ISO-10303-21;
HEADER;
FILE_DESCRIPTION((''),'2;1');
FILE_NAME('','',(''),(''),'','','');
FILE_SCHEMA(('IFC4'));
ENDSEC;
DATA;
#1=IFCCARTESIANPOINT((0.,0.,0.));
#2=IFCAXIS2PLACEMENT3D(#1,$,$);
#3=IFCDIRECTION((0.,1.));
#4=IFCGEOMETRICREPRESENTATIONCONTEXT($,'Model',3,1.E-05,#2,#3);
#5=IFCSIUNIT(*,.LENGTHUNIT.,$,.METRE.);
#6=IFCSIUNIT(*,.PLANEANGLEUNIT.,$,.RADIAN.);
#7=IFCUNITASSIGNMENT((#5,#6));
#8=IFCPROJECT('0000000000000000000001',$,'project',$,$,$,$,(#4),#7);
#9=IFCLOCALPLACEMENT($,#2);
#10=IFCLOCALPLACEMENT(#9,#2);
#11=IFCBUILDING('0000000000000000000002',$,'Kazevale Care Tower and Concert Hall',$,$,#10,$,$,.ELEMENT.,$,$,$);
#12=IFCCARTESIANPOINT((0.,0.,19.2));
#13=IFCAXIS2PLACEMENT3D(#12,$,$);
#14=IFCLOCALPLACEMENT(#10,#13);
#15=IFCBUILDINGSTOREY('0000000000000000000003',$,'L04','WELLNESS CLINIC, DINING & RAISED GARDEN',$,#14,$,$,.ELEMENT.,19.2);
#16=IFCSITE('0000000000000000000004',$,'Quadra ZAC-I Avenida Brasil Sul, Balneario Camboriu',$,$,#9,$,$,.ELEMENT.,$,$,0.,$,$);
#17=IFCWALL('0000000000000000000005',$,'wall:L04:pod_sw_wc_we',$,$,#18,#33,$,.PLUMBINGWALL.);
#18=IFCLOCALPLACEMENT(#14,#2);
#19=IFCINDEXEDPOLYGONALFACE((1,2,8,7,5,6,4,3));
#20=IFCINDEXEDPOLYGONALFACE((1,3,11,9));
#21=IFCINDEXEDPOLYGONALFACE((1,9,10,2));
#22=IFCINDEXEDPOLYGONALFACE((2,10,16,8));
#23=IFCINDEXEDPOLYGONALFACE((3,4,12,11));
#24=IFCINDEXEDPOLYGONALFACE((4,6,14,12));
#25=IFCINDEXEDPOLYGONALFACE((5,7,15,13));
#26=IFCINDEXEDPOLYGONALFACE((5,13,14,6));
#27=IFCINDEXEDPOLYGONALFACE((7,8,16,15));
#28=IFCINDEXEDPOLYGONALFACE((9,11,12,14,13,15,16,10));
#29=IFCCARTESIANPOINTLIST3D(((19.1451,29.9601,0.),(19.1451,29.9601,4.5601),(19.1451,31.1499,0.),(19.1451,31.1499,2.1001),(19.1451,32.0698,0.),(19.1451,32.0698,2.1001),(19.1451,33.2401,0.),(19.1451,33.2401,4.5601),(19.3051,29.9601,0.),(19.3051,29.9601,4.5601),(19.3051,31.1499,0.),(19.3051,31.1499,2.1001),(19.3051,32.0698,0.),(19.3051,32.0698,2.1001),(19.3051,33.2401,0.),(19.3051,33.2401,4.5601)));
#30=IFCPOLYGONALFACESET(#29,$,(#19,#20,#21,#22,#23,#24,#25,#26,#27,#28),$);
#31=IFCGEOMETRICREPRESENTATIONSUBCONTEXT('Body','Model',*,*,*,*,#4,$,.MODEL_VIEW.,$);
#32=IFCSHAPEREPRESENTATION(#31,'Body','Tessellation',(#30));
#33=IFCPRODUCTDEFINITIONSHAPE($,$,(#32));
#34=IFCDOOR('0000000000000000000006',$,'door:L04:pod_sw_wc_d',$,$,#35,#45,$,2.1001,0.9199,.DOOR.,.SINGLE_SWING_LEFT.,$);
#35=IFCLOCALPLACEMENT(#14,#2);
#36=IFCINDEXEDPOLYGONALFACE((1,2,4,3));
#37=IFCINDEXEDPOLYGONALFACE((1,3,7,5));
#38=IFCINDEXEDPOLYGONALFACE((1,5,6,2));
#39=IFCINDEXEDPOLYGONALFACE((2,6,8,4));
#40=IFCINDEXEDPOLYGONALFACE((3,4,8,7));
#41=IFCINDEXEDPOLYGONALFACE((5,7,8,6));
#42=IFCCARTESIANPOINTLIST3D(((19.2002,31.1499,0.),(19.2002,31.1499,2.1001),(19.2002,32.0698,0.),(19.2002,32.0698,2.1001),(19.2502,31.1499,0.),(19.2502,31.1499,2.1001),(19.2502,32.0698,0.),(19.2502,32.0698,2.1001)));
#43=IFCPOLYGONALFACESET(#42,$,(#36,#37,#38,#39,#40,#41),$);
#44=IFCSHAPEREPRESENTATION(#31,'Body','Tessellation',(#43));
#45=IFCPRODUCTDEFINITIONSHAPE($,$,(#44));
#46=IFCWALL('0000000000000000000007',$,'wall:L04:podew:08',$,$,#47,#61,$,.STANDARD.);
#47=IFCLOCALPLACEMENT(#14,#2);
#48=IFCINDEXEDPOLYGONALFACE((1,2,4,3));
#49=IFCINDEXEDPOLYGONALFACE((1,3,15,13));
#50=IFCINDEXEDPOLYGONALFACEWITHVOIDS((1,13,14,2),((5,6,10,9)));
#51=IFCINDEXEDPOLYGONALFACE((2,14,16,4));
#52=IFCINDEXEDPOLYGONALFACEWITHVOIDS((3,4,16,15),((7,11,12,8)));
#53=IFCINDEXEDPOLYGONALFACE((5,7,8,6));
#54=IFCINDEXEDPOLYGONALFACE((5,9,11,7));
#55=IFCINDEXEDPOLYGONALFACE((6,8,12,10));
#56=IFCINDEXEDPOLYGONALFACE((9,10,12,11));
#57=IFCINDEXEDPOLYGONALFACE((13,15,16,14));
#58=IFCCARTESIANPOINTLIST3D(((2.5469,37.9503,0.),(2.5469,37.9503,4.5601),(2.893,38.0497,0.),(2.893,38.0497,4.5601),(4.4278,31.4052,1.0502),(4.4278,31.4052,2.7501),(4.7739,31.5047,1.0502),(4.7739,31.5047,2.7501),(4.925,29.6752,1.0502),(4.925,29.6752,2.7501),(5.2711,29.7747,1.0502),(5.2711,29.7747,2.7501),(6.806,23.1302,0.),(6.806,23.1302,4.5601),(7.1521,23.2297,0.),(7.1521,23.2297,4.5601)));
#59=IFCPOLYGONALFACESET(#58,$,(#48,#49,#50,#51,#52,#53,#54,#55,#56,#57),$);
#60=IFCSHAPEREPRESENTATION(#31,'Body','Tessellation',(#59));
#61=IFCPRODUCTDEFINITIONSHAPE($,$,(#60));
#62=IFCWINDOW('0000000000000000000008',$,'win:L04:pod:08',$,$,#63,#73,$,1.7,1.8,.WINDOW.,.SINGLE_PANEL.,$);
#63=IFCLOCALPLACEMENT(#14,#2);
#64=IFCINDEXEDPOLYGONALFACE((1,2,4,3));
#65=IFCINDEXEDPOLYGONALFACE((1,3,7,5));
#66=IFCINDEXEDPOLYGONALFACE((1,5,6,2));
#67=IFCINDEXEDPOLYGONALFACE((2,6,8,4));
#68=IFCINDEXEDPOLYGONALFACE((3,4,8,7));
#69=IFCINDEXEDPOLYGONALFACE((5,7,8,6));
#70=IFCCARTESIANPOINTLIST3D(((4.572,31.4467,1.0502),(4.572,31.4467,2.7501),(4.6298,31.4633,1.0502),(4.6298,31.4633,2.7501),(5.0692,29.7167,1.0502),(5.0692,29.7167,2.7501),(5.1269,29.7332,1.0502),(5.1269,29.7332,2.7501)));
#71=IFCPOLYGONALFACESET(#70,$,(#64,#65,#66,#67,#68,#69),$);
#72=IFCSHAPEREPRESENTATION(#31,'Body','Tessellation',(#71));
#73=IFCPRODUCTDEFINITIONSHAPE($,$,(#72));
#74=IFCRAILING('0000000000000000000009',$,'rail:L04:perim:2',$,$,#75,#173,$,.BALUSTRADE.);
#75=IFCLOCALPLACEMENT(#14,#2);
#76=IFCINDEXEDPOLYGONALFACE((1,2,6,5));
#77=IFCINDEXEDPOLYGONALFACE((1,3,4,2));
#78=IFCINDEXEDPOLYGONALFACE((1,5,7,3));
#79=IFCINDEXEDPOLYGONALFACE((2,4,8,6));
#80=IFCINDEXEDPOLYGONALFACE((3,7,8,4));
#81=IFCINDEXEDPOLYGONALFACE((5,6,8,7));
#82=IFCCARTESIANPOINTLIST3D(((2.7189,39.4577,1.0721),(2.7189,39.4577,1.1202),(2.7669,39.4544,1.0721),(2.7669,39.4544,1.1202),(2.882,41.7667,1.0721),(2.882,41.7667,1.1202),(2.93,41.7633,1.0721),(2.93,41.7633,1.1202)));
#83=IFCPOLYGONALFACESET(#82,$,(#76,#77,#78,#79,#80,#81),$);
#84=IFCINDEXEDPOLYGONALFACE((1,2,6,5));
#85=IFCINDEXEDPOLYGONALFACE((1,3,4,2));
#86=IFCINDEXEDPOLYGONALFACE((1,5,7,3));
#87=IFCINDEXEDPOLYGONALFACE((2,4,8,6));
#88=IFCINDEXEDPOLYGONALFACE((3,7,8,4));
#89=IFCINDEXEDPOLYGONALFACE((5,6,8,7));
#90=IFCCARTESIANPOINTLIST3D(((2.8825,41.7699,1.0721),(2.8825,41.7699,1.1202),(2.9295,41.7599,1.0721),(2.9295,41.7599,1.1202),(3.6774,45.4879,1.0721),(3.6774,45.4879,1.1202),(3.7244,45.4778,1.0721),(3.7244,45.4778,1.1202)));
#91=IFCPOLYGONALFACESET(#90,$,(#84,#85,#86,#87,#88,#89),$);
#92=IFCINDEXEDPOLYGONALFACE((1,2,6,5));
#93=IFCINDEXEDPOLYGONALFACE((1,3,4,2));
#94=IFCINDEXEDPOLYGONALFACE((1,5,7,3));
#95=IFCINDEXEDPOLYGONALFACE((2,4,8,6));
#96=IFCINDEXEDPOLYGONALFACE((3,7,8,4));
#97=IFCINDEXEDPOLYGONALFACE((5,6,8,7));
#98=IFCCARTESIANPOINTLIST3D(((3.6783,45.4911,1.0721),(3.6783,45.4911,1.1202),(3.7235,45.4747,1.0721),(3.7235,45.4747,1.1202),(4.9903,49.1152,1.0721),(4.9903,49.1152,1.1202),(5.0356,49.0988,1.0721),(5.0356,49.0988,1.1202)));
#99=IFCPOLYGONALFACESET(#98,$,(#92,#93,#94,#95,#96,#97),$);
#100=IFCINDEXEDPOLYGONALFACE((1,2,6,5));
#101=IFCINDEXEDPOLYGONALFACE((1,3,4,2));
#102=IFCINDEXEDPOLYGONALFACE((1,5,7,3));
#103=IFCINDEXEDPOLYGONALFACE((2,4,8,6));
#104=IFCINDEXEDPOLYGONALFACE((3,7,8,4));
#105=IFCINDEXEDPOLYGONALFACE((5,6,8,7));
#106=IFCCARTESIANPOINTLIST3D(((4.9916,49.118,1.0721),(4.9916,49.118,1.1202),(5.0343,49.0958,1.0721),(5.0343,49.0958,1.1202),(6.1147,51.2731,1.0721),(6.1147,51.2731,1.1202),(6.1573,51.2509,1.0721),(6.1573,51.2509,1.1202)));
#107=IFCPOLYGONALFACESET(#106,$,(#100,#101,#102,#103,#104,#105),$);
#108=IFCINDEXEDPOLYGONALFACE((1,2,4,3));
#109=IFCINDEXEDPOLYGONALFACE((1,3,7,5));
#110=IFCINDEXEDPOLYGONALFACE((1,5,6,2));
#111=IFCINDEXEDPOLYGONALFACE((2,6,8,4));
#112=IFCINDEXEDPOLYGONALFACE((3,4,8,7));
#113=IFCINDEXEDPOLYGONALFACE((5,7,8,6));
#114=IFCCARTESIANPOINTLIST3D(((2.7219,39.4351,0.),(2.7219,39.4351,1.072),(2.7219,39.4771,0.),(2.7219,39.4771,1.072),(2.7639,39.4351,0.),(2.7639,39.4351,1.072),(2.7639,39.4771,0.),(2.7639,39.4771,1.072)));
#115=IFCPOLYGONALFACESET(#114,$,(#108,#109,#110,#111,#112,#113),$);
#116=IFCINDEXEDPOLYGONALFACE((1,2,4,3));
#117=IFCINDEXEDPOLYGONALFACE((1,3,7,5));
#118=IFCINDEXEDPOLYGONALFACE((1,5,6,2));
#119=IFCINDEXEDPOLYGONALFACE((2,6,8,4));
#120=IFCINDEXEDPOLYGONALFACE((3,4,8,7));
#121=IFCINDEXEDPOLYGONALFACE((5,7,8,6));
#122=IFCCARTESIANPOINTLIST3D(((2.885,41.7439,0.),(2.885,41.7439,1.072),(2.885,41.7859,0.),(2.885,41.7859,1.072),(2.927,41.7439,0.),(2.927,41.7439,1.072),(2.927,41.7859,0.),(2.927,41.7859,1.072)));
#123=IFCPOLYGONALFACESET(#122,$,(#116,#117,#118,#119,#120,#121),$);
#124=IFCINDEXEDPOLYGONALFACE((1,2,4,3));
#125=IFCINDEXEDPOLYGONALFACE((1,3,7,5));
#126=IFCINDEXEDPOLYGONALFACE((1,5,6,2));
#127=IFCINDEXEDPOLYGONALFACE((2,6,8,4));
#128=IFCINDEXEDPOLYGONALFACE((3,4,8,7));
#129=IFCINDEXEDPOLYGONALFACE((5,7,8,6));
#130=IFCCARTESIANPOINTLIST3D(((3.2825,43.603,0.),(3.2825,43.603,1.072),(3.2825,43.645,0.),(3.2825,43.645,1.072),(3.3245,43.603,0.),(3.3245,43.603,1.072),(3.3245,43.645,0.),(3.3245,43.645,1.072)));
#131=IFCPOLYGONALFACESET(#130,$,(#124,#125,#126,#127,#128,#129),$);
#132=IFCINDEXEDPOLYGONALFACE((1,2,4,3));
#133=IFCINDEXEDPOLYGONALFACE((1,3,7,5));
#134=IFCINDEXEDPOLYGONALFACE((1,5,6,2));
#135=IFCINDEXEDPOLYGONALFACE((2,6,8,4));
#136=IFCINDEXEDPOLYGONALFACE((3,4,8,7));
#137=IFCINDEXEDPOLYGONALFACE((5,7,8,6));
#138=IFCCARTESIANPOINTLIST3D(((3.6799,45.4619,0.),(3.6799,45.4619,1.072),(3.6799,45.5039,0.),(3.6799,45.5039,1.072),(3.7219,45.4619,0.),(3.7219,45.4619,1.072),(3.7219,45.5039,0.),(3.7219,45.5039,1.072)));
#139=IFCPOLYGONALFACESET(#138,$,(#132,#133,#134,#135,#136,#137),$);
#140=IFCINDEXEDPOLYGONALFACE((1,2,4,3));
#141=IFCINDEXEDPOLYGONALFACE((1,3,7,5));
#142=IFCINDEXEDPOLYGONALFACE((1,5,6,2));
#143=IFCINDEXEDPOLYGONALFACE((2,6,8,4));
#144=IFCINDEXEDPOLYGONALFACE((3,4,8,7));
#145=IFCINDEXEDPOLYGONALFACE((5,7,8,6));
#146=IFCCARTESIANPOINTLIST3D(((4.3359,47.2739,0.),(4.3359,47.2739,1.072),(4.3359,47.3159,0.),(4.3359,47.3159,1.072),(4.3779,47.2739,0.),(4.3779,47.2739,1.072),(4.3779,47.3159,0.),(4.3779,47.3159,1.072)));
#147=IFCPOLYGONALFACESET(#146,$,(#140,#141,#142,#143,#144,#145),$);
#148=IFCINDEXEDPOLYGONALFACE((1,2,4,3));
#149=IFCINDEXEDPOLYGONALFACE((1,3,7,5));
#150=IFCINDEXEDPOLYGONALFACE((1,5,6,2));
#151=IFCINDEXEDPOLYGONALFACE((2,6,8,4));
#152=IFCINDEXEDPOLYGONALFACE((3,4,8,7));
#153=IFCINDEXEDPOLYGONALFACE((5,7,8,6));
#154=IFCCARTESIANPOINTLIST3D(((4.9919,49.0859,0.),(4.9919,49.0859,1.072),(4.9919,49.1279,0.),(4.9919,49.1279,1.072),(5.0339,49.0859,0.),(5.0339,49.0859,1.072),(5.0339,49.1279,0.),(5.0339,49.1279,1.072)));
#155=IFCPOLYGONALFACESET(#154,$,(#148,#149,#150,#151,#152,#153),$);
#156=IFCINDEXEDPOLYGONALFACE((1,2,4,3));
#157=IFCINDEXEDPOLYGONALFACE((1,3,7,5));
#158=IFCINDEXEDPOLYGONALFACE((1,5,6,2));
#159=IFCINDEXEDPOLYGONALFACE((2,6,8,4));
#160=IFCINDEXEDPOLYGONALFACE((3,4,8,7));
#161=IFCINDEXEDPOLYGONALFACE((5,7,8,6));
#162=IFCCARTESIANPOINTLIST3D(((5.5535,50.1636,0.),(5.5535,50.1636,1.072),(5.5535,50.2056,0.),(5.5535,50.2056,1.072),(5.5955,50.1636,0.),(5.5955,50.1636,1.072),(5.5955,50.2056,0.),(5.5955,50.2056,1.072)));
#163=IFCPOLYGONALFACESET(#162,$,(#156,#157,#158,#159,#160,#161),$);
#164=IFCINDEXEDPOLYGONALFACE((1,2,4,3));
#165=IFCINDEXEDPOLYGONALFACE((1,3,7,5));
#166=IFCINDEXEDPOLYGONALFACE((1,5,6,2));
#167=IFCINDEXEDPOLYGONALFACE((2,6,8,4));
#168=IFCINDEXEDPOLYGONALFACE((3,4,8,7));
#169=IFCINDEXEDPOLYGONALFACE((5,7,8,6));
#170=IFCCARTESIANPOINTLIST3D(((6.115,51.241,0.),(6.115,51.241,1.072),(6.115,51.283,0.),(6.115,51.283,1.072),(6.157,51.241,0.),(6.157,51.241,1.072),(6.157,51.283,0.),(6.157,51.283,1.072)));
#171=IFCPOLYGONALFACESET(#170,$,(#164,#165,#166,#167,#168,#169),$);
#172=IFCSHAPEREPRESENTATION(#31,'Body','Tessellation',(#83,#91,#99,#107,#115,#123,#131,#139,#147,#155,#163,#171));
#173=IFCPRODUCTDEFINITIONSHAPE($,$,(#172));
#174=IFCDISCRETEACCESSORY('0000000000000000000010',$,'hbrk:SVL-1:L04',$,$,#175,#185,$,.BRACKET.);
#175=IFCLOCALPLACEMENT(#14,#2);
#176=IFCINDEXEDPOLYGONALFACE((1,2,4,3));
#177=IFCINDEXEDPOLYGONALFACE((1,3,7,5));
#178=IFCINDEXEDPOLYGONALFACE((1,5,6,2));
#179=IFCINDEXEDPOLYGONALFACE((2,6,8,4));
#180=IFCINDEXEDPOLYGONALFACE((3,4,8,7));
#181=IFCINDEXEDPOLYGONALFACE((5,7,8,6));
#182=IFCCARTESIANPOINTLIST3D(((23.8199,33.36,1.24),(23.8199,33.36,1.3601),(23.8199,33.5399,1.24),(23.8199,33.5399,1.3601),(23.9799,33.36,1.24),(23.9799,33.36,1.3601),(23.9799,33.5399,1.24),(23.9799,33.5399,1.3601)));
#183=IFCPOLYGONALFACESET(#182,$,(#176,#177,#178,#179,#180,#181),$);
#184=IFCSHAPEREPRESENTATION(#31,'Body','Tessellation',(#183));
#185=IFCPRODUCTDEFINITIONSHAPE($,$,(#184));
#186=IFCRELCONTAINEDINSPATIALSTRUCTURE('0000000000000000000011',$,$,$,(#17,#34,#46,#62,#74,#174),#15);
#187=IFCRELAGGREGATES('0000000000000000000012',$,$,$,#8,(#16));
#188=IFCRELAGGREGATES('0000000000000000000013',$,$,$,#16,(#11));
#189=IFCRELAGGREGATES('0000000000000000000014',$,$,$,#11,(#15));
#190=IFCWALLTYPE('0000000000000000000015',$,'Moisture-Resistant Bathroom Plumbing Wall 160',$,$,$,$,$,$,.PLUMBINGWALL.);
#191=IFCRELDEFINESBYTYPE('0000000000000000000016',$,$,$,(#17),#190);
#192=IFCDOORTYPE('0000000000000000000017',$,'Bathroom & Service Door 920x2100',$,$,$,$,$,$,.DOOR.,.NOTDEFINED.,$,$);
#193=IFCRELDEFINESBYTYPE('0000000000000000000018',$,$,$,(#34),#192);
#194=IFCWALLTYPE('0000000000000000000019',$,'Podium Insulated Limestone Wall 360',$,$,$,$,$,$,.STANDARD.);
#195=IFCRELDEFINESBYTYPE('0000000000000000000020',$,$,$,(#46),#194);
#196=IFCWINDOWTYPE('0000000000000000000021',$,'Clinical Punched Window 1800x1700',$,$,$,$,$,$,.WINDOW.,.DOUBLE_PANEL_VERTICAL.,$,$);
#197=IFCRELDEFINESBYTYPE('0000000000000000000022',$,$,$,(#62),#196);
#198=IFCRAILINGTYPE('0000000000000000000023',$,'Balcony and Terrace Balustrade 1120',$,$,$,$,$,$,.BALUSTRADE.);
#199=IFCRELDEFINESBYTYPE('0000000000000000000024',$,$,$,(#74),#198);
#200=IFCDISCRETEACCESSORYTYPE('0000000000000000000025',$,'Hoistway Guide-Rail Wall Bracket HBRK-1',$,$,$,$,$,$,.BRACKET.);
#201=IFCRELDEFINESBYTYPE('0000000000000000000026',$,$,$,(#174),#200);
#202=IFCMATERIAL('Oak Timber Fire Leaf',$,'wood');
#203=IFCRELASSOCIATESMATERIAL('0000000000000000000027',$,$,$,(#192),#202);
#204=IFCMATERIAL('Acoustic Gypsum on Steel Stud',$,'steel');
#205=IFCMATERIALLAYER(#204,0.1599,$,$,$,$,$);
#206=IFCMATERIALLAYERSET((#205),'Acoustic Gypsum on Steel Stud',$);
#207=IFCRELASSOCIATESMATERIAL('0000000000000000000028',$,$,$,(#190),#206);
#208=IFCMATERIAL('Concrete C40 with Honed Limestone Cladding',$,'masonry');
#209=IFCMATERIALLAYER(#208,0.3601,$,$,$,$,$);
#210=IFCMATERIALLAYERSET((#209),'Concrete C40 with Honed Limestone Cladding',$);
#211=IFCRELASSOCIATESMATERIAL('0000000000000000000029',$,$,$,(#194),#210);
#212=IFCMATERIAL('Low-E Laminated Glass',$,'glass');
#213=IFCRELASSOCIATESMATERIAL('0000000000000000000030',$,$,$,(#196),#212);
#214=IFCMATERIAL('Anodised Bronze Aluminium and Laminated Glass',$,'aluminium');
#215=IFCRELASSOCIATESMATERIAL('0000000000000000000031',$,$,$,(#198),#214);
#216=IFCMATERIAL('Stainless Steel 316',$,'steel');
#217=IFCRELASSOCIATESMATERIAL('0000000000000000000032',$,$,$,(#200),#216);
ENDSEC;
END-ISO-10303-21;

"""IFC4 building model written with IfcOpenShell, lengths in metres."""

from ifc_helpers import new_model, si_unit, direction, frame, frame_2d, origin, origin_2d, place, context, subcontext, project, spatial, rectangle, extrude, material, layer, layer_set, type_object, element, fill, save


model = new_model("IFC4")

# Units and contexts
model_context = context("Model", 3, precision=1e-05, world=origin(), true_north=direction((0.0, 1.0)))
body_context = subcontext(model_context, "Body", "Model", "MODEL_VIEW")
ifc_project = project(units=[si_unit("LENGTHUNIT", "METRE"), si_unit("PLANEANGLEUNIT", "RADIAN")], contexts=[model_context])

# Site, building, storey
site_placement = place(None, origin())
site = spatial("IfcSite", under=ifc_project, at=site_placement, Name="Quadra ZAC-I Avenida Brasil Sul, Balneario Camboriu", CompositionType="ELEMENT", RefElevation=0.0)
building_placement = place(site_placement, origin())
building = spatial("IfcBuilding", under=site, at=building_placement, Name="Kazevale Care Tower and Concert Hall", CompositionType="ELEMENT")
storey_placement = place(building_placement, frame((0.0, 0.0, 19.2)))
storey = spatial("IfcBuildingStorey", under=building, at=storey_placement, Name="L04", Description="WELLNESS CLINIC, DINING & RAISED GARDEN", CompositionType="ELEMENT", Elevation=19.2)

# Shared definitions
ifc_material_1 = material(Name="Stainless Steel 316", Category="steel")

# Shared definitions
ifc_material_2 = material(Name="Oak Timber Fire Leaf", Category="wood")
door_type_1 = type_object("IfcDoorType", Name="Bathroom & Service Door 920x2100", OperationType="NOTDEFINED", PredefinedType="DOOR", material=ifc_material_2)

# Shared definitions
ifc_material_3 = material(Name="Acoustic Gypsum on Steel Stud", Category="steel")
ifc_layer_1 = layer(ifc_material_3, 0.1599)
ifc_layer_set_1 = layer_set([ifc_layer_1], Name="Acoustic Gypsum on Steel Stud")
wall_type_1 = type_object("IfcWallType", Name="Moisture-Resistant Bathroom Plumbing Wall 160", PredefinedType="PLUMBINGWALL", material=ifc_layer_set_1)

# Wall, opening, door
wall_1_placement = place(storey_placement, frame((19.2251, 29.96, 0.0), z_axis=(0.0, 0.0, 1.0), x_axis=(0.0, 1.0, 0.0)))
wall_1 = element("IfcWall", 1, at=wall_1_placement, inside=storey, type_object=wall_type_1, Name="wall:L04:pod_sw_wc_we", PredefinedType="PLUMBINGWALL", context=body_context, shape_type="SweptSolid", body=[
    extrude(rectangle(XDim=3.28, YDim=0.1599, at=frame_2d((1.6401, 0.0))), origin(), (0.0, 0.0, 1.0), 4.5601),
])
opening_1_placement = place(wall_1_placement, frame((1.1899, 0.0, 0.0)))
opening_1 = element("IfcOpeningElement", 2, at=opening_1_placement, cuts=wall_1, PredefinedType="OPENING", context=body_context, shape_type="SweptSolid", body=[
    extrude(rectangle(XDim=0.9199, YDim=2.1001, at=frame_2d((0.46, 1.05))), frame((0.0, 0.0898, 0.0), z_axis=(0.0, -1.0, 0.0), x_axis=(1.0, 0.0, 0.0)), (0.0, 0.0, 1.0), 0.1799),
])
door_1_placement = place(opening_1_placement, origin())
door_1 = element("IfcDoor", 3, at=door_1_placement, inside=storey, type_object=door_type_1, Name="door:L04:pod_sw_wc_d", OperationType="SINGLE_SWING_LEFT", OverallHeight=2.1001, OverallWidth=0.9199, PredefinedType="DOOR", context=body_context, shape_type="SweptSolid", body=[
    extrude(rectangle(XDim=0.9199, YDim=2.1001, at=frame_2d((0.46, 1.05))), frame((0.0, 0.0249, 0.0), z_axis=(0.0, -1.0, 0.0), x_axis=(1.0, 0.0, 0.0)), (0.0, 0.0, 1.0), 0.05),
])
fill(opening_1, door_1)

# Wall, opening, window
ifc_material_4 = material(Name="Concrete C40 with Honed Limestone Cladding", Category="masonry")
ifc_layer_2 = layer(ifc_material_4, 0.3601)
ifc_layer_set_2 = layer_set([ifc_layer_2], Name="Concrete C40 with Honed Limestone Cladding")
wall_type_2 = type_object("IfcWallType", Name="Podium Insulated Limestone Wall 360", PredefinedType="STANDARD", material=ifc_layer_set_2)
wall_2_placement = place(storey_placement, frame((2.72, 38.0, 0.0), z_axis=(0.0, 0.0, 1.0), x_axis=(0.276203, -0.961099, 0.0)))
wall_2 = element("IfcWall", 4, at=wall_2_placement, inside=storey, type_object=wall_type_2, Name="wall:L04:podew:08", PredefinedType="STANDARD", context=body_context, shape_type="SweptSolid", body=[
    extrude(rectangle(XDim=15.4199, YDim=0.3601, at=frame_2d((7.71, 0.0))), origin(), (0.0, 0.0, 1.0), 4.5601),
])
opening_2_placement = place(wall_2_placement, frame((6.8101, 0.0, 1.05)))
opening_2 = element("IfcOpeningElement", 5, at=opening_2_placement, cuts=wall_2, PredefinedType="OPENING", context=body_context, shape_type="SweptSolid", body=[
    extrude(rectangle(XDim=1.8, YDim=1.7, at=frame_2d((0.8999, 0.8501))), frame((0.0, 0.1899, 0.0), z_axis=(0.0, -1.0, 0.0), x_axis=(1.0, 0.0, 0.0)), (0.0, 0.0, 1.0), 0.3801),
])
ifc_material_5 = material(Name="Low-E Laminated Glass", Category="glass")
window_type = type_object("IfcWindowType", Name="Clinical Punched Window 1800x1700", PartitioningType="DOUBLE_PANEL_VERTICAL", PredefinedType="WINDOW", material=ifc_material_5)
window_placement = place(opening_2_placement, origin())
window = element("IfcWindow", 6, at=window_placement, inside=storey, type_object=window_type, Name="win:L04:pod:08", OverallHeight=1.7, OverallWidth=1.8, PartitioningType="SINGLE_PANEL", PredefinedType="WINDOW", context=body_context, shape_type="SweptSolid", body=[
    extrude(rectangle(XDim=1.8, YDim=1.7, at=frame_2d((0.8999, 0.8501))), frame((0.0, 0.03, 0.0), z_axis=(0.0, -1.0, 0.0), x_axis=(1.0, 0.0, 0.0)), (0.0, 0.0, 1.0), 0.0601),
])
fill(opening_2, window)

# Railing
ifc_material_6 = material(Name="Anodised Bronze Aluminium and Laminated Glass", Category="aluminium")
railing_type = type_object("IfcRailingType", Name="Balcony and Terrace Balustrade 1120", PredefinedType="BALUSTRADE", material=ifc_material_6)
railing_placement = place(storey_placement, frame((2.7429, 39.4561, 0.0)))
element("IfcRailing", 7, at=railing_placement, inside=storey, type_object=railing_type, Name="rail:L04:perim:2", PredefinedType="BALUSTRADE", context=body_context, shape_type="SweptSolid", body=[
    extrude(rectangle(XDim=0.0481, YDim=0.0481, at=origin_2d()), frame((0.0, 0.0, 1.0962), z_axis=(0.07046, 0.997515, 0.0), x_axis=(-0.997515, 0.07046, 0.0)), (0.0, 0.0, 1.0), 2.3147),
    extrude(rectangle(XDim=0.0481, YDim=0.0481, at=origin_2d()), frame((0.1631, 2.3088, 1.0962), z_axis=(0.209077, 0.977899, 0.0), x_axis=(-0.977899, 0.209077, 0.0)), (0.0, 0.0, 1.0), 3.802),
    extrude(rectangle(XDim=0.0481, YDim=0.0481, at=origin_2d()), frame((0.958, 6.0269, 1.0962), z_axis=(0.34041, 0.940277, 0.0), x_axis=(-0.940277, 0.34041, 0.0)), (0.0, 0.0, 1.0), 3.8542),
    extrude(rectangle(XDim=0.0481, YDim=0.0481, at=origin_2d()), frame((2.27, 9.6509, 1.0962), z_axis=(0.46214, 0.886807, 0.0), x_axis=(-0.886807, 0.46214, 0.0)), (0.0, 0.0, 1.0), 2.4302),
    extrude(rectangle(XDim=0.042, YDim=0.042, at=origin_2d()), origin(), (0.0, 0.0, 1.0), 1.072),
    extrude(rectangle(XDim=0.042, YDim=0.042, at=origin_2d()), frame((0.1631, 2.3088, 0.0)), (0.0, 0.0, 1.0), 1.072),
    extrude(rectangle(XDim=0.042, YDim=0.042, at=origin_2d()), frame((0.5605, 4.168, 0.0)), (0.0, 0.0, 1.0), 1.072),
    extrude(rectangle(XDim=0.042, YDim=0.042, at=origin_2d()), frame((0.958, 6.0269, 0.0)), (0.0, 0.0, 1.0), 1.072),
    extrude(rectangle(XDim=0.042, YDim=0.042, at=origin_2d()), frame((1.614, 7.8389, 0.0)), (0.0, 0.0, 1.0), 1.072),
    extrude(rectangle(XDim=0.042, YDim=0.042, at=origin_2d()), frame((2.27, 9.6509, 0.0)), (0.0, 0.0, 1.0), 1.072),
    extrude(rectangle(XDim=0.042, YDim=0.042, at=origin_2d()), frame((2.8315, 10.7285, 0.0)), (0.0, 0.0, 1.0), 1.072),
    extrude(rectangle(XDim=0.042, YDim=0.042, at=origin_2d()), frame((3.3931, 11.8059, 0.0)), (0.0, 0.0, 1.0), 1.072),
])

# Discrete accessory
discrete_accessory_type = type_object("IfcDiscreteAccessoryType", Name="Hoistway Guide-Rail Wall Bracket HBRK-1", PredefinedType="BRACKET", material=ifc_material_1)
discrete_accessory_placement = place(storey_placement, frame((23.8999, 33.45, 1.24), z_axis=(0.0, 0.0, 1.0), x_axis=(1.0, 0.0, 0.0)))
element("IfcDiscreteAccessory", 8, at=discrete_accessory_placement, inside=storey, type_object=discrete_accessory_type, Name="hbrk:SVL-1:L04", PredefinedType="BRACKET", context=body_context, shape_type="SweptSolid", body=[
    extrude(rectangle(XDim=0.1599, YDim=0.1799, at=origin_2d()), origin(), (0.0, 0.0, 1.0), 0.1201),
])

save(model, "model.ifc")
